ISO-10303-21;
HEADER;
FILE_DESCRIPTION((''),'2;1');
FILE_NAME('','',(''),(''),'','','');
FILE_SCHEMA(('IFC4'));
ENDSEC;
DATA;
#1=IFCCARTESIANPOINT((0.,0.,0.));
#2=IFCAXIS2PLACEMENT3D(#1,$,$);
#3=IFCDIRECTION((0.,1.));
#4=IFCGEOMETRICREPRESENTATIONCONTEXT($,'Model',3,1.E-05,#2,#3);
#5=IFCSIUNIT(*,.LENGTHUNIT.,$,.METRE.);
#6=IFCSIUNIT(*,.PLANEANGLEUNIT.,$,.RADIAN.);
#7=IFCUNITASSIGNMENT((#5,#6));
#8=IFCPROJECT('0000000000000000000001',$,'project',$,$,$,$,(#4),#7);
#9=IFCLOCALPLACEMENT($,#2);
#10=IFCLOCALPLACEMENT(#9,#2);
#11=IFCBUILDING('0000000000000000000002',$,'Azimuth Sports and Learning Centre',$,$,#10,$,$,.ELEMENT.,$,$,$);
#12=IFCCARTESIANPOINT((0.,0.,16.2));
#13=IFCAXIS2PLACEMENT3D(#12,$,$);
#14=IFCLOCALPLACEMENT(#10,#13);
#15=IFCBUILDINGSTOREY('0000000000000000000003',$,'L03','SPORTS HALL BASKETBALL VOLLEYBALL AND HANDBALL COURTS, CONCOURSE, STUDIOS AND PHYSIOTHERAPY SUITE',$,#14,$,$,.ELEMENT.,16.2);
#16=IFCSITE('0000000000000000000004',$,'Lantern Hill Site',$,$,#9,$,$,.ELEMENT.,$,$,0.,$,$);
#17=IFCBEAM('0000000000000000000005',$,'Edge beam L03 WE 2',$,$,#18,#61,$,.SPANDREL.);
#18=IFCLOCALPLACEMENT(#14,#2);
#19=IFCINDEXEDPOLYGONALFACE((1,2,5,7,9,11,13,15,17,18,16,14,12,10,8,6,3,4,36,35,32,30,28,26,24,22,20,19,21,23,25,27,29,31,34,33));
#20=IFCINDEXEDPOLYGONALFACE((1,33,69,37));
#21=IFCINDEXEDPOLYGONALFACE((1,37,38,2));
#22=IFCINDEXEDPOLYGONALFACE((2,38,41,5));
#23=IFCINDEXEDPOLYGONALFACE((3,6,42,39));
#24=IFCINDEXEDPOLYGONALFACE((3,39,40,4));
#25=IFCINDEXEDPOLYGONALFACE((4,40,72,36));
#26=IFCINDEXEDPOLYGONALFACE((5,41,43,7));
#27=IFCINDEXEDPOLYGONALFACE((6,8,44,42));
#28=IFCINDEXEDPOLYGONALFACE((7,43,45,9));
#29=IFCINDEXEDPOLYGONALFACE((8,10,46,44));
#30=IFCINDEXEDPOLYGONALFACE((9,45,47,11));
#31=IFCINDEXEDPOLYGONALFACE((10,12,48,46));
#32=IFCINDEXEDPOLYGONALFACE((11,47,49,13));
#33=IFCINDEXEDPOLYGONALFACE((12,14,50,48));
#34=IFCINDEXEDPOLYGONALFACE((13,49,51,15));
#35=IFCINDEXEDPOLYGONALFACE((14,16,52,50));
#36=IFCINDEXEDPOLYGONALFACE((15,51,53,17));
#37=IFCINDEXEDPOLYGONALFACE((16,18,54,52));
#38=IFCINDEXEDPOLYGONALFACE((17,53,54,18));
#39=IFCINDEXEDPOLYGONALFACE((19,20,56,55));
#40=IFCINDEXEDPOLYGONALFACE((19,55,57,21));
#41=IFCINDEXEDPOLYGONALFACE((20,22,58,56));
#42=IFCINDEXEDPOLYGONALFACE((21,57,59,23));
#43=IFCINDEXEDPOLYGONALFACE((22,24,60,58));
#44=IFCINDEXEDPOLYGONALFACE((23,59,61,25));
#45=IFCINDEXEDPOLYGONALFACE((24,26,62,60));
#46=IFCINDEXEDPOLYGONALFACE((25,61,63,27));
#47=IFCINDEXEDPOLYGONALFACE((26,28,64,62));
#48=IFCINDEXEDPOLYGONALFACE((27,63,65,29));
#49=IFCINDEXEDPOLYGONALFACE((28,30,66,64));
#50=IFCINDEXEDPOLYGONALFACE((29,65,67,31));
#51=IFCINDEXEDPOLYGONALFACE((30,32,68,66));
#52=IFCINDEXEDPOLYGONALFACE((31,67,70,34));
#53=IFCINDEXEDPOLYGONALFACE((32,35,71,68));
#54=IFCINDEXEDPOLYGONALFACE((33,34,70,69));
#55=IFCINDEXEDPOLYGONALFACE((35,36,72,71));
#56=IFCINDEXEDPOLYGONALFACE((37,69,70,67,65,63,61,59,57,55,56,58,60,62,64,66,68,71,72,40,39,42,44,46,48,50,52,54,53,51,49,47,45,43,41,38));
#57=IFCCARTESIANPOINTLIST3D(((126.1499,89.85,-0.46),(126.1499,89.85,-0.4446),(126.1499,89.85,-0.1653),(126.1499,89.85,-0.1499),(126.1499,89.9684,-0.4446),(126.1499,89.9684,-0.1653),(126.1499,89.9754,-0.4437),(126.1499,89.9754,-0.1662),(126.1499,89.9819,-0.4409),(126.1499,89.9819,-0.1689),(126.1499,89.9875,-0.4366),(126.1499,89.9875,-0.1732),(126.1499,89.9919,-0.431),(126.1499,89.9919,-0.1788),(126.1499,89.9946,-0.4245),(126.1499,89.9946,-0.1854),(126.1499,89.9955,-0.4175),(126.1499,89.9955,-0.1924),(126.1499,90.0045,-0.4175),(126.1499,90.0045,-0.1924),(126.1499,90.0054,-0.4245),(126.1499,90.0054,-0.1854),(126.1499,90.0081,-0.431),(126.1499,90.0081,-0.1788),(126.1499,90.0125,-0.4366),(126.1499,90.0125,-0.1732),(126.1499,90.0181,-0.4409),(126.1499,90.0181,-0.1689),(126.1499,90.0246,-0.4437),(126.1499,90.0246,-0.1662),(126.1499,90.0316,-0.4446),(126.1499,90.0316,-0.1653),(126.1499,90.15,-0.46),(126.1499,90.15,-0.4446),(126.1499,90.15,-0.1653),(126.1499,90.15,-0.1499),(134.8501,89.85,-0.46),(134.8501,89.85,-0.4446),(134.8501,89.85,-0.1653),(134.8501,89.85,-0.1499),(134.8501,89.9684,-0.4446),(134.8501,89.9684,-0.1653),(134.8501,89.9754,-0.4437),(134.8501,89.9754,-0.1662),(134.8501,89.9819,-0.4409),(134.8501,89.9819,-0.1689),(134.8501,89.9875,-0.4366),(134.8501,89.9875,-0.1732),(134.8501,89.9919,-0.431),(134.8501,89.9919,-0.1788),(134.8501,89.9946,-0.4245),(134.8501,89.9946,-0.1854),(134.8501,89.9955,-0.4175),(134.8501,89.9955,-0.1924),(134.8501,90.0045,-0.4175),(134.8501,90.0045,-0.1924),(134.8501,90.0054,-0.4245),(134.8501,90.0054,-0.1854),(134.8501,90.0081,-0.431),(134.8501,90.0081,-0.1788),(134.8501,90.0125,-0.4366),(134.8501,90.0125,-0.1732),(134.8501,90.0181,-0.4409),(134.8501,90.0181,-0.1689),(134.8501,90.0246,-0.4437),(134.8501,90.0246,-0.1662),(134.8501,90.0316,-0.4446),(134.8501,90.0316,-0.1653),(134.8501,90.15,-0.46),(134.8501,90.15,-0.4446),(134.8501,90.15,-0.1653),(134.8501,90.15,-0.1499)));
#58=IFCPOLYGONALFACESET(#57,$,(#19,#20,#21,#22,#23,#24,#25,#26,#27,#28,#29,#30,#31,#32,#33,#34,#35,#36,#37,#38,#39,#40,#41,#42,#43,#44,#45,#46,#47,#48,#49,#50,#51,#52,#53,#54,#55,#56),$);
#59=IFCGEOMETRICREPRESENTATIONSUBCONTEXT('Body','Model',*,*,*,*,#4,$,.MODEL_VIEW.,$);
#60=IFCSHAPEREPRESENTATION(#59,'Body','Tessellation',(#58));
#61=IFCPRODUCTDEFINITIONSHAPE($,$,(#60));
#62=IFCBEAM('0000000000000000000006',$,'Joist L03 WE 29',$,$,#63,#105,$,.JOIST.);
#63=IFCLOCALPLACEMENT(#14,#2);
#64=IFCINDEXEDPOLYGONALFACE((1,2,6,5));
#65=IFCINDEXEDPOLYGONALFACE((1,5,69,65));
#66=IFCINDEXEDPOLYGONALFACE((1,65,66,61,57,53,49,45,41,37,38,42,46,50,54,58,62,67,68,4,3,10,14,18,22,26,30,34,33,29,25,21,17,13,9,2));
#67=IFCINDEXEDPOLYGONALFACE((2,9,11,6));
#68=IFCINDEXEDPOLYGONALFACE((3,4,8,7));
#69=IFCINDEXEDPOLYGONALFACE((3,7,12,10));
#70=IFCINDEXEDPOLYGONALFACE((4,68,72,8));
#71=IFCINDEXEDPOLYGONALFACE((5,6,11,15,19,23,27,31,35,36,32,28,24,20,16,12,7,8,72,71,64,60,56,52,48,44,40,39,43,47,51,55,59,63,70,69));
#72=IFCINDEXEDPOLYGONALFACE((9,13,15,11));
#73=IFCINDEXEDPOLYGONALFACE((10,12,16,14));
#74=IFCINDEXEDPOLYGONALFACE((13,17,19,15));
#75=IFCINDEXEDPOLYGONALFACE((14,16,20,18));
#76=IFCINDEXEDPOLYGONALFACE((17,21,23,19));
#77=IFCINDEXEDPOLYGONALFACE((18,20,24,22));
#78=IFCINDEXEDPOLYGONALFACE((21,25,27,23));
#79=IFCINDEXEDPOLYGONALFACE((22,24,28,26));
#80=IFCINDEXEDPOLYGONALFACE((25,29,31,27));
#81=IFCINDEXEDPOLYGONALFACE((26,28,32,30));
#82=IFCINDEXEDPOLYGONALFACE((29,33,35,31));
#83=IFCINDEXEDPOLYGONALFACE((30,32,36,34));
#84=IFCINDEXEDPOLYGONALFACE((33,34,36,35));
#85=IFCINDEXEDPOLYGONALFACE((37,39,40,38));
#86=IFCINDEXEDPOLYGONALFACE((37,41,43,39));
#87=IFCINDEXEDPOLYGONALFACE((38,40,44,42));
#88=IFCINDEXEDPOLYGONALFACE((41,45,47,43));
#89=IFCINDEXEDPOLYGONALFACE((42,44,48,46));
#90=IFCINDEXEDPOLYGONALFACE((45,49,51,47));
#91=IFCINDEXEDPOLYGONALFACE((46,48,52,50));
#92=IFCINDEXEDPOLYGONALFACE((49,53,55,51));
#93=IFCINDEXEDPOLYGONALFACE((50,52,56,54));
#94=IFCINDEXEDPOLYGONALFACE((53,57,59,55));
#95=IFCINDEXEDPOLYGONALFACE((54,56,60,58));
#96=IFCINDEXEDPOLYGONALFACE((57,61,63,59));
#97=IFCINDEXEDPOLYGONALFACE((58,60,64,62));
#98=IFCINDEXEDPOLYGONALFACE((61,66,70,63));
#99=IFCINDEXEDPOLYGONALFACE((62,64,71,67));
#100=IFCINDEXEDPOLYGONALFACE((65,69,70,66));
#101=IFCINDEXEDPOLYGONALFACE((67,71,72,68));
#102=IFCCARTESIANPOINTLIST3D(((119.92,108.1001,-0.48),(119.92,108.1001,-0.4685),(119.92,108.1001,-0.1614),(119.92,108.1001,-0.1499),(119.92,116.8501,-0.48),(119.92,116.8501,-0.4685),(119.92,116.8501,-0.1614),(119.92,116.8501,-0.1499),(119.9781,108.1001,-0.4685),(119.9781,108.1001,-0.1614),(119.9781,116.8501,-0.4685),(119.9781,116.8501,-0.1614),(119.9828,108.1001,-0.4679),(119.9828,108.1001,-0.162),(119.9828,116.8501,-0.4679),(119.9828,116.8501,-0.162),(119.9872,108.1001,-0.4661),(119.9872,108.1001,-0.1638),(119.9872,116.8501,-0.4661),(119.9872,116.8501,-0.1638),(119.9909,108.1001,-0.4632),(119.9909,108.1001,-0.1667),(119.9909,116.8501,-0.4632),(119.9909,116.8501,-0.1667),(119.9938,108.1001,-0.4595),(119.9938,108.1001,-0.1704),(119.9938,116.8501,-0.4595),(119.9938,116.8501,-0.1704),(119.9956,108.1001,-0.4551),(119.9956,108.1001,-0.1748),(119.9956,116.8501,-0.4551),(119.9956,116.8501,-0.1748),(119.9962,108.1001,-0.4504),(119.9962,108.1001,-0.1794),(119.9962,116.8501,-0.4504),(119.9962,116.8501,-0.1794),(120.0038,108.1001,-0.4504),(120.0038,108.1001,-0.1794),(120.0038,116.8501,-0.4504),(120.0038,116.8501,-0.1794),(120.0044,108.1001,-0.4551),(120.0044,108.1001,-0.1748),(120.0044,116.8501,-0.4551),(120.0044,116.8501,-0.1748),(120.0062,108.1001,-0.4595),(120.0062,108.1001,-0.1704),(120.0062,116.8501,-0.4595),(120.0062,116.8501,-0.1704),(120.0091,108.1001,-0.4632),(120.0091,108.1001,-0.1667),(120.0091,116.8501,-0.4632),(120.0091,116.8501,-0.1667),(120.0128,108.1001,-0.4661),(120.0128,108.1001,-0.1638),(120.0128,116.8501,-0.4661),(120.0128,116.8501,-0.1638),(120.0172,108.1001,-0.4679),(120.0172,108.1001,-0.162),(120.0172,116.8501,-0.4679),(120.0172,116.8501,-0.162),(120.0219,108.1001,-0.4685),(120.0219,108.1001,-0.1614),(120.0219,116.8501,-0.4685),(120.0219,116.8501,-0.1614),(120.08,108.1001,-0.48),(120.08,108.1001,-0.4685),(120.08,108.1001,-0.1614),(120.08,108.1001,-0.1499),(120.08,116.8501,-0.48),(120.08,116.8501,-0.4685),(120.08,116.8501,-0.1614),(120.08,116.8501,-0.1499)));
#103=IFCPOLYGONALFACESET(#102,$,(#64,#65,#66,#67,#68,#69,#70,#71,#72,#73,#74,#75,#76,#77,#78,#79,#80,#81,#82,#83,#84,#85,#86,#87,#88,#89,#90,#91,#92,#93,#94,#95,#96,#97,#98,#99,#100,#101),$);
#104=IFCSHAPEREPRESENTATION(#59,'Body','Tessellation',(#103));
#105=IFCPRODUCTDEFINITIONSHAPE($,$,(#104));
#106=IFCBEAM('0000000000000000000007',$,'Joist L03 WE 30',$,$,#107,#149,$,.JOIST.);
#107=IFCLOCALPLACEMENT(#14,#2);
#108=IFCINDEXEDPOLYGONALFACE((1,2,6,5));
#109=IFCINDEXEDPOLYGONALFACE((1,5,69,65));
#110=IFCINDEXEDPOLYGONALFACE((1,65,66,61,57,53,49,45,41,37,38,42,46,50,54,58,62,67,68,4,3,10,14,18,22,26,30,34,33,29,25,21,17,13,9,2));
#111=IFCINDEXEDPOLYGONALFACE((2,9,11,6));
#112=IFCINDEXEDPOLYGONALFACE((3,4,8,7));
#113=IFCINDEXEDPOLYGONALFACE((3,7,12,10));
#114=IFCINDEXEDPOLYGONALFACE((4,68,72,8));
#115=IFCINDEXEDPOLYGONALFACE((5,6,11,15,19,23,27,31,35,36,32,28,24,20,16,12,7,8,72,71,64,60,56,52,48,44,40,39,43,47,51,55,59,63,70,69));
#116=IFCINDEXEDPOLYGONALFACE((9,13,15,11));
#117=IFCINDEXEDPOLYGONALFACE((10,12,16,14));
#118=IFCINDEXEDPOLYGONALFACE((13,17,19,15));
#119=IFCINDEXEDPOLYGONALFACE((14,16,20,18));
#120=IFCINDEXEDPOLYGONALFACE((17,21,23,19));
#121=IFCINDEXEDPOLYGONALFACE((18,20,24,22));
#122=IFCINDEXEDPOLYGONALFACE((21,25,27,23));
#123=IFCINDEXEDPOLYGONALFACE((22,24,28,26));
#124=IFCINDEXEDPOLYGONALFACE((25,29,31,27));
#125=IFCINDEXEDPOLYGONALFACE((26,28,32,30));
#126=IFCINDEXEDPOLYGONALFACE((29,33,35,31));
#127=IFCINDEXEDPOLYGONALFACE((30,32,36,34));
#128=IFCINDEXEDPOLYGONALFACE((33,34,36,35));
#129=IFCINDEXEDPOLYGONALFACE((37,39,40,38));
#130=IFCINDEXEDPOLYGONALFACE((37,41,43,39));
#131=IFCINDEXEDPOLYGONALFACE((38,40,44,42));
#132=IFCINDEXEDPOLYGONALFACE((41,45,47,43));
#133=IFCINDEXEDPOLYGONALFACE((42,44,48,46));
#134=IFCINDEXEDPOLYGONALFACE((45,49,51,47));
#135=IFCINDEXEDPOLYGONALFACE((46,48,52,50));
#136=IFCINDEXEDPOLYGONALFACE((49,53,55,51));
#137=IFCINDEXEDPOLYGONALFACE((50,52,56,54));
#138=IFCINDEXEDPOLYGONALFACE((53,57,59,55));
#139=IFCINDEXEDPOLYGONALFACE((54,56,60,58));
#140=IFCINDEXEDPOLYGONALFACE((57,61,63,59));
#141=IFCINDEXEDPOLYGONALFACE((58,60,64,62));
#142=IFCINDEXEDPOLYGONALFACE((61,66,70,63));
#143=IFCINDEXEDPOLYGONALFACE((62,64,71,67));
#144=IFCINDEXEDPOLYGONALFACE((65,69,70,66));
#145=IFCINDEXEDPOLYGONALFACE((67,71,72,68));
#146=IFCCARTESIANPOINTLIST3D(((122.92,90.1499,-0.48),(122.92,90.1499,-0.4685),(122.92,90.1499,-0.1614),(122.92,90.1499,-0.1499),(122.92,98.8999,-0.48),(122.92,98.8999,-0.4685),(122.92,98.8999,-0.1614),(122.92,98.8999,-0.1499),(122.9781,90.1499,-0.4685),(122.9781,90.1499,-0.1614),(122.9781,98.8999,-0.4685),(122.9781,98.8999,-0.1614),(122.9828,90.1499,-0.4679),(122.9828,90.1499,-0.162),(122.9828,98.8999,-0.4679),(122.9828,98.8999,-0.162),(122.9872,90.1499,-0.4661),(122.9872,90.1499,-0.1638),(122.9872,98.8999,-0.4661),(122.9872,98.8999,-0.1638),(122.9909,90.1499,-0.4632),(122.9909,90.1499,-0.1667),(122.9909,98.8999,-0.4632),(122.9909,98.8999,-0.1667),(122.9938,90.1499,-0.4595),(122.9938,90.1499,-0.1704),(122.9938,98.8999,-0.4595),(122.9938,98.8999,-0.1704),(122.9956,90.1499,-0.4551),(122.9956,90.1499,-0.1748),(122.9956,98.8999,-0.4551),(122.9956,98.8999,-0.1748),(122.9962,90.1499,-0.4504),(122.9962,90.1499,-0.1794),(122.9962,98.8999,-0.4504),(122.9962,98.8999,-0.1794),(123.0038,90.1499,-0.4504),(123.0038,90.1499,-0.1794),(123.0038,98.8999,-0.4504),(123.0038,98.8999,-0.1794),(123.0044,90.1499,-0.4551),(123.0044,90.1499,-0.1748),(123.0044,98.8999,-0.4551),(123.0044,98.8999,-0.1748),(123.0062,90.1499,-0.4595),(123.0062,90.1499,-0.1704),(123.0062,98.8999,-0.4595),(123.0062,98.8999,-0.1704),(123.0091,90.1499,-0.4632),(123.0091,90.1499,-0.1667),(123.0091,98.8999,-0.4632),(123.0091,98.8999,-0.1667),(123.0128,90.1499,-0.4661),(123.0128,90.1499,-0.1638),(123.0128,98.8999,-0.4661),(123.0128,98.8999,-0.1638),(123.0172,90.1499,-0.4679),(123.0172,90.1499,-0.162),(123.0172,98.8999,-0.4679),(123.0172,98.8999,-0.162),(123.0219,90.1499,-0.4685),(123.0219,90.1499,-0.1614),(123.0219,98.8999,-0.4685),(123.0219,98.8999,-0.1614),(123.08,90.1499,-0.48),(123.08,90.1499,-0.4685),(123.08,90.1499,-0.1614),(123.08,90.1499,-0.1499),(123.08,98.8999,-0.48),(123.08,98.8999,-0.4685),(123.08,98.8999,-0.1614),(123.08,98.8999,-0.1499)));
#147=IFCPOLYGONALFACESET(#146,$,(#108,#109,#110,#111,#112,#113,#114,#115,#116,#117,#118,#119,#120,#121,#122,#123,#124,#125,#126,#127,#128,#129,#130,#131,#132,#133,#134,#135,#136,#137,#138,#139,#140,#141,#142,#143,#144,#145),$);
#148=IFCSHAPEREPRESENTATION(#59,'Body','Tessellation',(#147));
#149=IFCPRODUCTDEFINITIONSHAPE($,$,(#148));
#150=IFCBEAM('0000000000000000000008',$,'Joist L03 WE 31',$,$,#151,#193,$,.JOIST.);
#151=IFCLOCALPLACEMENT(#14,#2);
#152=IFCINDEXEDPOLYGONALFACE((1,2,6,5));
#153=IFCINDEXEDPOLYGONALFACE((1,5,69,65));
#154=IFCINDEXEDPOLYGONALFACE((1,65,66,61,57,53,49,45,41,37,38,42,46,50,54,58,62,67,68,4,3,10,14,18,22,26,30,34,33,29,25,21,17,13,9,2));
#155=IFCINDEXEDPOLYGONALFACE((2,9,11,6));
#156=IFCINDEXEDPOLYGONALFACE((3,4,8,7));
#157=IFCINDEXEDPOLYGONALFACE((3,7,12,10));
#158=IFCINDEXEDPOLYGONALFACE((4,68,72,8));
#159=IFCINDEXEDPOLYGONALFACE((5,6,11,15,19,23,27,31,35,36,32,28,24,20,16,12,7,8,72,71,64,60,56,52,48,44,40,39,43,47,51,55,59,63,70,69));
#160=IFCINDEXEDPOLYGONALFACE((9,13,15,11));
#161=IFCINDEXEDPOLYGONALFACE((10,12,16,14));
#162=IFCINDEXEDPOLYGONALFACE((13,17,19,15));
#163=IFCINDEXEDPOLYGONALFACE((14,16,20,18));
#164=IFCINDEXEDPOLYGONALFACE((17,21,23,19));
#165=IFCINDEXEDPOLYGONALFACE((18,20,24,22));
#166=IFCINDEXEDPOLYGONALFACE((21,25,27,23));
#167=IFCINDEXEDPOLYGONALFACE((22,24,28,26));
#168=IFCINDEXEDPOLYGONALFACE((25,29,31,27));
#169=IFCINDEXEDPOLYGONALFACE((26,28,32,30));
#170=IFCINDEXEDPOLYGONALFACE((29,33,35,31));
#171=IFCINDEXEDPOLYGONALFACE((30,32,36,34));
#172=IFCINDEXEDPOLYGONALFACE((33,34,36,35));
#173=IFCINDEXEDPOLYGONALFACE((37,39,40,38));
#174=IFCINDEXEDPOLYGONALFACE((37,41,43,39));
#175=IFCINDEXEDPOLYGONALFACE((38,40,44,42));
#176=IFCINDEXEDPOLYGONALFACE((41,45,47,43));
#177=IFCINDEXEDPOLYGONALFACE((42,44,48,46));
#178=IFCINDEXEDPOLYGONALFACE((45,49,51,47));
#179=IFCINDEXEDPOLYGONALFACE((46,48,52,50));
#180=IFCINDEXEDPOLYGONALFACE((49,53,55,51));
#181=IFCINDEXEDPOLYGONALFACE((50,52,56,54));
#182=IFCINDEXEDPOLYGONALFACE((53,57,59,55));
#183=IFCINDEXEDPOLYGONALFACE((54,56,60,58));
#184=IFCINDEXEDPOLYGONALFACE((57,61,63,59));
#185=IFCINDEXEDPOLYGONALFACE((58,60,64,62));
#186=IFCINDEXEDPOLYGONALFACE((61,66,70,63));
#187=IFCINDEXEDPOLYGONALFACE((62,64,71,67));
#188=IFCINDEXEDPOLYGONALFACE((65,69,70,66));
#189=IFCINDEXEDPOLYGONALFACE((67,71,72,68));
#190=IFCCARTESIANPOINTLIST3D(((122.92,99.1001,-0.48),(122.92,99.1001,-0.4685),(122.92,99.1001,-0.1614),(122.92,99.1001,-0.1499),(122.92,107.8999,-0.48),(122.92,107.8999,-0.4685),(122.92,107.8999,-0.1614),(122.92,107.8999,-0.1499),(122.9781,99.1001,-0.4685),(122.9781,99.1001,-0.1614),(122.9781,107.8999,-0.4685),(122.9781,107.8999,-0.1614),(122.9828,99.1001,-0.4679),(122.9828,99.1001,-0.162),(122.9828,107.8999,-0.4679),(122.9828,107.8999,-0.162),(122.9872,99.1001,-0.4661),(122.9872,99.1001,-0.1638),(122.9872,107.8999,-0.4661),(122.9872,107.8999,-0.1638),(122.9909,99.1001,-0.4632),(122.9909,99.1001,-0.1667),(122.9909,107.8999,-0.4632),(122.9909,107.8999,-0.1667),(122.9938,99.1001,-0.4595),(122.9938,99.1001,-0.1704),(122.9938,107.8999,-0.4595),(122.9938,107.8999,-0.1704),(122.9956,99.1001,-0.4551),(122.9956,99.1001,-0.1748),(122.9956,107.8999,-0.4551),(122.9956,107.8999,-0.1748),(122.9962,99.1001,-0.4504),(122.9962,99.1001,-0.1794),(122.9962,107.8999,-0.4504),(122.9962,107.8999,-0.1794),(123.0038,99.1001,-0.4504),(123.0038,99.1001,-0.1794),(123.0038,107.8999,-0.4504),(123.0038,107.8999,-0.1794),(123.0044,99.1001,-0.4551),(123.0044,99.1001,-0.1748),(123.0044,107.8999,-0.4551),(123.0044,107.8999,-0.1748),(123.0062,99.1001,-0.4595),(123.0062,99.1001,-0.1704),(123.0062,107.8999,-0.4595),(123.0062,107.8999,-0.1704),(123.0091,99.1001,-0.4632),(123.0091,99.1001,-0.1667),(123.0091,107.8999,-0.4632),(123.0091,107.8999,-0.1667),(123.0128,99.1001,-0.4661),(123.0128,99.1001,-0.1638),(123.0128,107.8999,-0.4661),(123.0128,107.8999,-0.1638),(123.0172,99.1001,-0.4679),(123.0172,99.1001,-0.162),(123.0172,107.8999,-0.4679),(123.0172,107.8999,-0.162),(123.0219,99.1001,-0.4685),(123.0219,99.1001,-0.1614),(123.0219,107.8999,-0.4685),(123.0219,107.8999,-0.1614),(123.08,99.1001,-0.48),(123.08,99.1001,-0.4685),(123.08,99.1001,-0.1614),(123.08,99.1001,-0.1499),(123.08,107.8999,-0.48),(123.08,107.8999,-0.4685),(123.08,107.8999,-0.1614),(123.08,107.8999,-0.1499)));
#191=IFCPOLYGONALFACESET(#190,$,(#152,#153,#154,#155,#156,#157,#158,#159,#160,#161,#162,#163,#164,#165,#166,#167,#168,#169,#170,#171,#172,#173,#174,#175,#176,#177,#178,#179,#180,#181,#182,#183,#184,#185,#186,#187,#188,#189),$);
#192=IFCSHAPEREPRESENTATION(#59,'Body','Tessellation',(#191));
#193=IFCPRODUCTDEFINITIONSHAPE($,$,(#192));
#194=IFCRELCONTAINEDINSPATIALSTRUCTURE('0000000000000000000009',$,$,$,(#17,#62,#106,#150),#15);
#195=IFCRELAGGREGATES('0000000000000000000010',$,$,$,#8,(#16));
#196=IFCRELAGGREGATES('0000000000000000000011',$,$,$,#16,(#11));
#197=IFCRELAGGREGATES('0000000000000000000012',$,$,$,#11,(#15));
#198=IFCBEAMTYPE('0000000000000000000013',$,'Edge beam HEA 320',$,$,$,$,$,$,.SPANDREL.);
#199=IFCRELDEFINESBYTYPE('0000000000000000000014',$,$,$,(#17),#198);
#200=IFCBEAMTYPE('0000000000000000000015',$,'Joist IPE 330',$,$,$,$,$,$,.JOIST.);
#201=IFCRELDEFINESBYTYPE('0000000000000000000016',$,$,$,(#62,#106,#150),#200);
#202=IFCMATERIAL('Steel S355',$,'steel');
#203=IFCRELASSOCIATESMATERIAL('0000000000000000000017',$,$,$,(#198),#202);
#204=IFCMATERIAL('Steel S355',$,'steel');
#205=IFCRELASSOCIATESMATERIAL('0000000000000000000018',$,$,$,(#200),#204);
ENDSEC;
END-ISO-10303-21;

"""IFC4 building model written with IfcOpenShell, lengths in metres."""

from ifc_helpers import new_model, si_unit, direction, frame, origin, origin_2d, place, context, subcontext, project, spatial, i_section, extrude, material, material_profile, profile_set, type_object, element, save


model = new_model("IFC4")

# Units and contexts
model_context = context("Model", 3, precision=1e-05, world=origin(), true_north=direction((0.0, 1.0)))
body_context = subcontext(model_context, "Body", "Model", "MODEL_VIEW")
ifc_project = project(units=[si_unit("LENGTHUNIT", "METRE"), si_unit("PLANEANGLEUNIT", "RADIAN")], contexts=[model_context])

# Site, building, storey
site_placement = place(None, origin())
site = spatial("IfcSite", under=ifc_project, at=site_placement, Name="Lantern Hill Site", CompositionType="ELEMENT", RefElevation=0.0)
building_placement = place(site_placement, origin())
building = spatial("IfcBuilding", under=site, at=building_placement, Name="Azimuth Sports and Learning Centre", CompositionType="ELEMENT")
storey_placement = place(building_placement, frame((0.0, 0.0, 16.2)))
storey = spatial("IfcBuildingStorey", under=building, at=storey_placement, Name="L03", Description="SPORTS HALL BASKETBALL VOLLEYBALL AND HANDBALL COURTS, CONCOURSE, STUDIOS AND PHYSIOTHERAPY SUITE", CompositionType="ELEMENT", Elevation=16.2)

# Beams
ifc_material_1 = material(Name="Steel S355", Category="steel")
ifc_material_profile_1 = material_profile(ifc_material_1, i_section(OverallWidth=0.3, OverallDepth=0.3101, WebThickness=0.009, FlangeThickness=0.0154, FilletRadius=0.0271, at=origin_2d()), Name="HEA 320")
ifc_profile_set_1 = profile_set([ifc_material_profile_1], Name="Steel S355")
beam_type_1 = type_object("IfcBeamType", Name="Edge beam HEA 320", PredefinedType="SPANDREL", material=ifc_profile_set_1)
beam_1_placement = place(storey_placement, frame((126.1499, 90.0, -0.3049), z_axis=(1.0, 0.0, 0.0), x_axis=(0.0, 1.0, 0.0)))
element("IfcBeam", 1, at=beam_1_placement, inside=storey, type_object=beam_type_1, Name="Edge beam L03 WE 2", PredefinedType="SPANDREL", context=body_context, shape_type="SweptSolid", body=[
    extrude(i_section(OverallWidth=0.3, OverallDepth=0.3101, WebThickness=0.009, FlangeThickness=0.0154, FilletRadius=0.0271, at=origin_2d()), origin(), (0.0, 0.0, 1.0), 8.7002),
])
ifc_material_2 = material(Name="Steel S355", Category="steel")
ifc_material_profile_2 = material_profile(ifc_material_2, i_section(OverallWidth=0.1599, OverallDepth=0.3301, WebThickness=0.0076, FlangeThickness=0.0115, FilletRadius=0.0181, at=origin_2d()), Name="IPE 330")
ifc_profile_set_2 = profile_set([ifc_material_profile_2], Name="Steel S355")
beam_type_2 = type_object("IfcBeamType", Name="Joist IPE 330", PredefinedType="JOIST", material=ifc_profile_set_2)
for number, where, z_axis, x_axis, name in (
    (2, (120.0, 108.1001, -0.3149), (0.0, 1.0, 0.0), (-1.0, 0.0, 0.0), "Joist L03 WE 29"),
    (3, (123.0, 90.1499, -0.3149), (0.0, 1.0, 0.0), (-1.0, 0.0, 0.0), "Joist L03 WE 30"),
):
    element("IfcBeam", number, at=place(storey_placement, frame(where, z_axis=z_axis, x_axis=x_axis)), inside=storey, type_object=beam_type_2, Name=name, PredefinedType="JOIST", context=body_context, shape_type="SweptSolid", body=[
        extrude(i_section(OverallWidth=0.1599, OverallDepth=0.3301, WebThickness=0.0076, FlangeThickness=0.0115, FilletRadius=0.0181, at=origin_2d()), origin(), (0.0, 0.0, 1.0), 8.75),
    ])
beam_2_placement = place(storey_placement, frame((123.0, 99.1001, -0.3149), z_axis=(0.0, 1.0, 0.0), x_axis=(-1.0, 0.0, 0.0)))
element("IfcBeam", 4, at=beam_2_placement, inside=storey, type_object=beam_type_2, Name="Joist L03 WE 31", PredefinedType="JOIST", context=body_context, shape_type="SweptSolid", body=[
    extrude(i_section(OverallWidth=0.1599, OverallDepth=0.3301, WebThickness=0.0076, FlangeThickness=0.0115, FilletRadius=0.0181, at=origin_2d()), origin(), (0.0, 0.0, 1.0), 8.7998),
])

save(model, "model.ifc")
